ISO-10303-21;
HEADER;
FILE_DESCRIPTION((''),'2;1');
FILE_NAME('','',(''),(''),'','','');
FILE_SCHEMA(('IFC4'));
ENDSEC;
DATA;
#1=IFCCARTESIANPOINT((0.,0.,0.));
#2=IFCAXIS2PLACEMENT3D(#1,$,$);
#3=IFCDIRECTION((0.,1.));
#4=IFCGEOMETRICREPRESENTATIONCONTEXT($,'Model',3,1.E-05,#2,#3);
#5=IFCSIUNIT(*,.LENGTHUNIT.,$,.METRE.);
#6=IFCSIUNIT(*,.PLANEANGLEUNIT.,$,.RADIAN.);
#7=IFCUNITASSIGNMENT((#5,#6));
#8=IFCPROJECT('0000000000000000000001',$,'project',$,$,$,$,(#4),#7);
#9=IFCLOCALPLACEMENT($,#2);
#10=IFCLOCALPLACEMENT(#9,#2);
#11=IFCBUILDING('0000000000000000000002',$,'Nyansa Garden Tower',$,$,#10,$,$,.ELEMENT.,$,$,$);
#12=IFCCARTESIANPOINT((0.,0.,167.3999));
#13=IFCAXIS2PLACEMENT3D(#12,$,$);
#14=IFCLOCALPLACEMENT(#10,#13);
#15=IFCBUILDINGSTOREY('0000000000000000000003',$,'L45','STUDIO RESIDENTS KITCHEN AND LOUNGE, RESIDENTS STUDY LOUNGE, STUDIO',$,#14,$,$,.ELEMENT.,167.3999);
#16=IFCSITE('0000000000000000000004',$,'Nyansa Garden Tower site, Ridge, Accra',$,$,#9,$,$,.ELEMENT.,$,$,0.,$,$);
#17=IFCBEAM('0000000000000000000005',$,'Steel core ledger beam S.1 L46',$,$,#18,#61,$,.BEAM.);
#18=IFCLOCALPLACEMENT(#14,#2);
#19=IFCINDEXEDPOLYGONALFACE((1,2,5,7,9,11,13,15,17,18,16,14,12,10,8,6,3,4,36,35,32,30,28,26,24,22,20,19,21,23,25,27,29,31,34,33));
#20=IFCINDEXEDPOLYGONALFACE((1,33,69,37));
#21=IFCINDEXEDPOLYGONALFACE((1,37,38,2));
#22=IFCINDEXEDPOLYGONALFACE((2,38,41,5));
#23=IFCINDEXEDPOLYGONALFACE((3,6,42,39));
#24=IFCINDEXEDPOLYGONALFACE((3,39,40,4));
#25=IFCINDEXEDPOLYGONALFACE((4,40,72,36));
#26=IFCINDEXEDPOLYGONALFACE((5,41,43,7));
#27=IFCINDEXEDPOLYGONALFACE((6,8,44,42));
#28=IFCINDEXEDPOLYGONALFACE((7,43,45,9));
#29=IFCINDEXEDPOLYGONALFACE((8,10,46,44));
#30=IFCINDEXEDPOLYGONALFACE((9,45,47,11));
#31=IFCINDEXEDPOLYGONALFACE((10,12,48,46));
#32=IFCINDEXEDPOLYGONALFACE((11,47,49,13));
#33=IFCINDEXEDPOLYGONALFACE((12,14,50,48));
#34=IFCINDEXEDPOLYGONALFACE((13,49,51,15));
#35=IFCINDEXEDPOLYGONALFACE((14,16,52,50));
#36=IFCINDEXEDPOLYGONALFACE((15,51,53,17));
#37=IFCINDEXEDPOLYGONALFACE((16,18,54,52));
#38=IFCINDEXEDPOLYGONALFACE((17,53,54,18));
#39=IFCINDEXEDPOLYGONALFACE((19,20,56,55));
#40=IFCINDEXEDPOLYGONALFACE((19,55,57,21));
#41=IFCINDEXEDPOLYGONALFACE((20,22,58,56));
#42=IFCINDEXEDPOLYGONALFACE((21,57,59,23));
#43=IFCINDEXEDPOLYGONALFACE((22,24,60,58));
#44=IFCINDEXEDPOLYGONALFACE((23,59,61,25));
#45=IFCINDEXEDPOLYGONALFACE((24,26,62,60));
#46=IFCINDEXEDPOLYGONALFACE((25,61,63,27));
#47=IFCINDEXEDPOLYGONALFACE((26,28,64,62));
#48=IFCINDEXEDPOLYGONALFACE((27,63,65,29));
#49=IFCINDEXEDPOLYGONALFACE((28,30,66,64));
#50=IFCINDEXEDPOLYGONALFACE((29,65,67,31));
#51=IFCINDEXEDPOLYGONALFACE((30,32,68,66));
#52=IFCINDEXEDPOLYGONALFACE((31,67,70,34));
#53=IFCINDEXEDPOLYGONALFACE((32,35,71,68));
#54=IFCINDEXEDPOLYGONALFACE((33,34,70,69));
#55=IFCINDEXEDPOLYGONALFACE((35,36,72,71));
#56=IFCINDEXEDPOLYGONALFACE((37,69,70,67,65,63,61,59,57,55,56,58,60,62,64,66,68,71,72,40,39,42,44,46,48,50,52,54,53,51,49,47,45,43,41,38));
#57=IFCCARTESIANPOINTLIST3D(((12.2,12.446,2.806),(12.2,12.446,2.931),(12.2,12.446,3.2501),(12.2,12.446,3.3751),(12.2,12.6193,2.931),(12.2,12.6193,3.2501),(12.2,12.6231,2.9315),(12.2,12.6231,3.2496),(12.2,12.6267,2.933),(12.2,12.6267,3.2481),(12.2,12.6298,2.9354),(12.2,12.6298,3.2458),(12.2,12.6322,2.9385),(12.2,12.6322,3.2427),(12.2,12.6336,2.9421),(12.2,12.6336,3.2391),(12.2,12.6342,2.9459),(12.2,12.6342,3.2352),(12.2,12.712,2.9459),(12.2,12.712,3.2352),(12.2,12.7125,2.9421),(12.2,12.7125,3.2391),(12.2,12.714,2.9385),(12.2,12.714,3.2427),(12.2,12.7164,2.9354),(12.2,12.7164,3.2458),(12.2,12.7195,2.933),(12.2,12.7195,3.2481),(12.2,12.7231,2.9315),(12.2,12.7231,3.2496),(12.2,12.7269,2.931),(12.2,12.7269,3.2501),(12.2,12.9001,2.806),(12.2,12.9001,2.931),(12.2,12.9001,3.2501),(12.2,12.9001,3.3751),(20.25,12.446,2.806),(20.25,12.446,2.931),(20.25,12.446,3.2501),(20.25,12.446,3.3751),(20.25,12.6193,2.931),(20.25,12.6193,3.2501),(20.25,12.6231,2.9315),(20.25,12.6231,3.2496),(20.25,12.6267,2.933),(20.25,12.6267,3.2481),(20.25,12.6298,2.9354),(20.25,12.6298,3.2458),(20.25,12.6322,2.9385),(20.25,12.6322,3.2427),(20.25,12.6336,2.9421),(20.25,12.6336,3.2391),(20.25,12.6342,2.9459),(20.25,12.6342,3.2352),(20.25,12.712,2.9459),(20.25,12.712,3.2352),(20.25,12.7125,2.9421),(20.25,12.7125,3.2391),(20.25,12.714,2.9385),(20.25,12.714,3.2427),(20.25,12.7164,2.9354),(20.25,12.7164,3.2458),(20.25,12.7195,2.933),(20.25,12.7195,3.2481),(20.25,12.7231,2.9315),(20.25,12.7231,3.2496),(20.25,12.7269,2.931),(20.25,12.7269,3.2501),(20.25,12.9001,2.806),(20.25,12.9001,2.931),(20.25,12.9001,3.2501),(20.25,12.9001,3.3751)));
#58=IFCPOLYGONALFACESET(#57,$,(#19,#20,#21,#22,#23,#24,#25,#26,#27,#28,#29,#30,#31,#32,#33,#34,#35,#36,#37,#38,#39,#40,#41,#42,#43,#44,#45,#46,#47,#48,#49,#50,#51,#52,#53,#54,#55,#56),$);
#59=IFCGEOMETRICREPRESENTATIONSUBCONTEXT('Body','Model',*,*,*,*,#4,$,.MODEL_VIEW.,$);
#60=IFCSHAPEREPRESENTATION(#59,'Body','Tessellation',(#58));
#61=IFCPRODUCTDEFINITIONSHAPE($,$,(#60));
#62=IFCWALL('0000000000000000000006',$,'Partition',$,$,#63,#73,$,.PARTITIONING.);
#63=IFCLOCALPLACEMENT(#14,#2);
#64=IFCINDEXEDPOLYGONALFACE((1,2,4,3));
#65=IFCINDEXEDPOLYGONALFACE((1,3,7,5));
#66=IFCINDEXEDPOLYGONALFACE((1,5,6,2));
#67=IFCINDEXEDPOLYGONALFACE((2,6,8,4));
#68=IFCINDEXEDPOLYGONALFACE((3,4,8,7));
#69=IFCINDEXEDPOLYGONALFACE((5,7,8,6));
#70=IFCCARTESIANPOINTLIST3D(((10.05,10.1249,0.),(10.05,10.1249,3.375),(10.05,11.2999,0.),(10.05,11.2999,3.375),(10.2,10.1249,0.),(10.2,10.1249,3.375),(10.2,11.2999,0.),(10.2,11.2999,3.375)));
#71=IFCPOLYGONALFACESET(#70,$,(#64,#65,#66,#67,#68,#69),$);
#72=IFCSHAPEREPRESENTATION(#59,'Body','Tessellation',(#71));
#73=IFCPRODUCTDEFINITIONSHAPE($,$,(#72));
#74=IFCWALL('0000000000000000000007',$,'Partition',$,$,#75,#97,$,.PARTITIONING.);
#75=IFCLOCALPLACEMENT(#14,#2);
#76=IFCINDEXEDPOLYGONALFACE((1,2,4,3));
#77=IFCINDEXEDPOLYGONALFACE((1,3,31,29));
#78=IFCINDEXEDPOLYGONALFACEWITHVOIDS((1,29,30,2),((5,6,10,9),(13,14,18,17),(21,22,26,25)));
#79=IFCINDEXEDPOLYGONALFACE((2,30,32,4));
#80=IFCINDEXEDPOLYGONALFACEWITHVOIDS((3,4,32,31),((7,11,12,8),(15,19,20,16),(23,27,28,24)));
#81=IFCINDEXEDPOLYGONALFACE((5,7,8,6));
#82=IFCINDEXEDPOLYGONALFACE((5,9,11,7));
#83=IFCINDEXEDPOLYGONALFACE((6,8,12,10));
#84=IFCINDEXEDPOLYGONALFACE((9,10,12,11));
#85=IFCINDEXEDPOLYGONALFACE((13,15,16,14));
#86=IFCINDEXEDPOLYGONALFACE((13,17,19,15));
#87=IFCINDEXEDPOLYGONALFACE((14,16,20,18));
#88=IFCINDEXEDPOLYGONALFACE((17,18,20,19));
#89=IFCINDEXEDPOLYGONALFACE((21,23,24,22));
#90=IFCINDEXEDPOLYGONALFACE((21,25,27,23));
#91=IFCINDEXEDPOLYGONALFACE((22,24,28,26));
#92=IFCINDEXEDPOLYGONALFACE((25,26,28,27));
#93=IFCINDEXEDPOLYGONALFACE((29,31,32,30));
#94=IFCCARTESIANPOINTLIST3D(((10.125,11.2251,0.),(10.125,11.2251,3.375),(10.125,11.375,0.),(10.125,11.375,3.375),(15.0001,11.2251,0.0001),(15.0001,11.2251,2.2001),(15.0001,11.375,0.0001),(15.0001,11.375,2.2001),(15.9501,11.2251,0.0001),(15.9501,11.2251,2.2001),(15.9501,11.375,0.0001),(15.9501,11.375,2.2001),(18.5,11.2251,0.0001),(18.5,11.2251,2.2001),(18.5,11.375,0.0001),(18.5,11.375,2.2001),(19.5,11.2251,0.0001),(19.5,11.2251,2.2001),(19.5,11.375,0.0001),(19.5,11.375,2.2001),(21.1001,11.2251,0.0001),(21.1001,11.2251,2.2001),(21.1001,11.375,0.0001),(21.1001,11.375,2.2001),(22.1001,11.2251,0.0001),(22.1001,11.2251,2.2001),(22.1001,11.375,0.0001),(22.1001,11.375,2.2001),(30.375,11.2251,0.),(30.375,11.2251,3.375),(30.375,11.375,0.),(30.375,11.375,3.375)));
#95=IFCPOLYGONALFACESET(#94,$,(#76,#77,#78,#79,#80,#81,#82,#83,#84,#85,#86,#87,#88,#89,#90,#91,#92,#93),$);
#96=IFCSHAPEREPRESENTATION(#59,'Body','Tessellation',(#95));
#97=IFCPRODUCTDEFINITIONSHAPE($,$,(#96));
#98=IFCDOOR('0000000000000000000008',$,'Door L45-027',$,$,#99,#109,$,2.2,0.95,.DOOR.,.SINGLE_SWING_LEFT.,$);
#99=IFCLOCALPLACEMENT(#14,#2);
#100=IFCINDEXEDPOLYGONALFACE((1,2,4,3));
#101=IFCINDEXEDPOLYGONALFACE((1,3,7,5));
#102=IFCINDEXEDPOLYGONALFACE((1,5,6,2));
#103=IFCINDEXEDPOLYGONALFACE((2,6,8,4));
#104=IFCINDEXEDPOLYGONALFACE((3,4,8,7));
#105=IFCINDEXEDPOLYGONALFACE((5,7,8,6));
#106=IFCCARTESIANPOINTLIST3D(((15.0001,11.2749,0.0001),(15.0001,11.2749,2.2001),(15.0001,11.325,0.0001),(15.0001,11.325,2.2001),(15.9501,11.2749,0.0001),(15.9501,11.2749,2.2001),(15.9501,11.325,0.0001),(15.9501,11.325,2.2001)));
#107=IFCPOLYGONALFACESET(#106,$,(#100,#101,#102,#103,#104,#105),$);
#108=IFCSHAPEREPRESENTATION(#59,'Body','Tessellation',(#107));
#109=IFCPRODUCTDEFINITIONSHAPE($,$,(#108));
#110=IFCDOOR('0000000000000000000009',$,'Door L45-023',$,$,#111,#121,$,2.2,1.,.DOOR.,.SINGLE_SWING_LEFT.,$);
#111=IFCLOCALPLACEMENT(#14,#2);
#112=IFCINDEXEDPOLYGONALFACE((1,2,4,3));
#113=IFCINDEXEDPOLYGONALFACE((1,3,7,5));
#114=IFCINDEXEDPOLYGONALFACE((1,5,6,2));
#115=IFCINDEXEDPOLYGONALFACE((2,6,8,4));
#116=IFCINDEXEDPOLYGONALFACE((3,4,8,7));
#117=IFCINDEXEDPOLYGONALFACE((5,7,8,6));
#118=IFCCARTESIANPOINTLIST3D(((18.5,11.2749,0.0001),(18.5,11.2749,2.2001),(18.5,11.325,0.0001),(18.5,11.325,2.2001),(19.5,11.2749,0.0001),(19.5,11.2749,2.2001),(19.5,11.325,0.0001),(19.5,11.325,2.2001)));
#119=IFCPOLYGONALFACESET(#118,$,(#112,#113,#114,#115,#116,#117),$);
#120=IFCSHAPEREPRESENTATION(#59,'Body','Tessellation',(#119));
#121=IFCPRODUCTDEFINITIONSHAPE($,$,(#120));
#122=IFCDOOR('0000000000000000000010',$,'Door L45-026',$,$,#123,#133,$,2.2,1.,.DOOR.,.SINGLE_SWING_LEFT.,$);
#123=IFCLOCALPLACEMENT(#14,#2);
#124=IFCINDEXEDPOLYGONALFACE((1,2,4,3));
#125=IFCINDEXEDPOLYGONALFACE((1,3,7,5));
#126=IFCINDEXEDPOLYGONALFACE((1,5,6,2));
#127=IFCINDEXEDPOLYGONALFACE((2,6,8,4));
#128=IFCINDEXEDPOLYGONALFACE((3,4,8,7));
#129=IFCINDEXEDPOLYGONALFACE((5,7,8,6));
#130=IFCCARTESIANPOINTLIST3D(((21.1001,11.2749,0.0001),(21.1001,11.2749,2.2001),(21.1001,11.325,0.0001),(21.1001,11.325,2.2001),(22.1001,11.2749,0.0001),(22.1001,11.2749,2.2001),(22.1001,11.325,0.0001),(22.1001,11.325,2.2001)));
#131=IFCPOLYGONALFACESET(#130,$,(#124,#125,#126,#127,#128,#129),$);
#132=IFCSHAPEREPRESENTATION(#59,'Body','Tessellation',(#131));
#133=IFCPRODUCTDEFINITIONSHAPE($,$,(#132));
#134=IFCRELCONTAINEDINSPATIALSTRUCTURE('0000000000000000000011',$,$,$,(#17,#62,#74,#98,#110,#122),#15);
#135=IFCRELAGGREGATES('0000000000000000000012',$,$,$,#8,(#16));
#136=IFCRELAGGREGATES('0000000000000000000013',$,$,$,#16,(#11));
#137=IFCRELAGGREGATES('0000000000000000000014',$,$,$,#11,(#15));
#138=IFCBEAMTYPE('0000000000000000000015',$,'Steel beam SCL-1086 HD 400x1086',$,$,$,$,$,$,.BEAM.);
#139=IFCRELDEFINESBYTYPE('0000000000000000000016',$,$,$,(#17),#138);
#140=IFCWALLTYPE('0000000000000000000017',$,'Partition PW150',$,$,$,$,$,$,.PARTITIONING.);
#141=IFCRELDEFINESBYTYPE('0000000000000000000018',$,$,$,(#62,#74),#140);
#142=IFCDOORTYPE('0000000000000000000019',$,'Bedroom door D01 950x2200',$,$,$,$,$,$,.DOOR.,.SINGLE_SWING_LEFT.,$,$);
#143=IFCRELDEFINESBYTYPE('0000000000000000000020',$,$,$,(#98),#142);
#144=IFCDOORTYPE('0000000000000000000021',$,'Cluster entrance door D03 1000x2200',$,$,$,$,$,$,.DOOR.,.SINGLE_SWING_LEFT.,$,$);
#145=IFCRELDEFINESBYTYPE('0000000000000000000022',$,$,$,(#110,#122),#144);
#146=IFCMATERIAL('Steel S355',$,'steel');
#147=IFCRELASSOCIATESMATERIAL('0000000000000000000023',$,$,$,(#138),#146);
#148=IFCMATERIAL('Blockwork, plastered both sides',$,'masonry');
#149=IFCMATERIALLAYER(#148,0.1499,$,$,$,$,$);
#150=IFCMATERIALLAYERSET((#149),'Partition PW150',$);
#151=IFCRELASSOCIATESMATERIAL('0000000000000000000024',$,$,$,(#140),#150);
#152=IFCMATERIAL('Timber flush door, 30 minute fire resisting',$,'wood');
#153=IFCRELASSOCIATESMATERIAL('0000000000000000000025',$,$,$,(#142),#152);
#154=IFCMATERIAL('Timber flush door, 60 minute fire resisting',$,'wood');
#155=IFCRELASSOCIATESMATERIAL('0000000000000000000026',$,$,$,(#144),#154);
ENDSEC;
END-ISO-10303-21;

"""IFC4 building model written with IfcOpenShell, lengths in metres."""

from ifc_helpers import new_model, si_unit, direction, frame, frame_2d, origin, origin_2d, place, context, subcontext, project, spatial, rectangle, i_section, extrude, material, layer, layer_set, material_profile, profile_set, type_object, element, fill, save


model = new_model("IFC4")

# Units and contexts
model_context = context("Model", 3, precision=1e-05, world=origin(), true_north=direction((0.0, 1.0)))
body_context = subcontext(model_context, "Body", "Model", "MODEL_VIEW")
ifc_project = project(units=[si_unit("LENGTHUNIT", "METRE"), si_unit("PLANEANGLEUNIT", "RADIAN")], contexts=[model_context])

# Site, building, storey
site_placement = place(None, origin())
site = spatial("IfcSite", under=ifc_project, at=site_placement, Name="Nyansa Garden Tower site, Ridge, Accra", CompositionType="ELEMENT", RefElevation=0.0)
building_placement = place(site_placement, origin())
building = spatial("IfcBuilding", under=site, at=building_placement, Name="Nyansa Garden Tower", CompositionType="ELEMENT")
storey_placement = place(building_placement, frame((0.0, 0.0, 167.3999)))
storey = spatial("IfcBuildingStorey", under=building, at=storey_placement, Name="L45", Description="STUDIO RESIDENTS KITCHEN AND LOUNGE, RESIDENTS STUDY LOUNGE, STUDIO", CompositionType="ELEMENT", Elevation=167.3999)

# Beam
ifc_material_1 = material(Name="Steel S355", Category="steel")
ifc_material_profile_1 = material_profile(ifc_material_1, i_section(OverallWidth=0.4541, OverallDepth=0.5691, WebThickness=0.0779, FlangeThickness=0.125, FilletRadius=0.0149, at=origin_2d()), Name="HD 400x1086")
ifc_profile_set_1 = profile_set([ifc_material_profile_1], Name="Steel S355")
beam_type_1 = type_object("IfcBeamType", Name="Steel beam SCL-1086 HD 400x1086", PredefinedType="BEAM", material=ifc_profile_set_1)
beam_1_placement = place(storey_placement, frame((12.2, 12.6731, 3.0906), z_axis=(1.0, 0.0, 0.0), x_axis=(0.0, 1.0, 0.0)))
element("IfcBeam", 1, at=beam_1_placement, inside=storey, type_object=beam_type_1, Name="Steel core ledger beam S.1 L46", PredefinedType="BEAM", context=body_context, shape_type="SweptSolid", body=[
    extrude(i_section(OverallWidth=0.4541, OverallDepth=0.5691, WebThickness=0.0779, FlangeThickness=0.125, FilletRadius=0.0149, at=origin_2d()), origin(), (0.0, 0.0, 1.0), 8.05),
])

# Wall
ifc_material_2 = material(Name="Blockwork, plastered both sides", Category="masonry")
ifc_layer = layer(ifc_material_2, 0.1499)
ifc_layer_set = layer_set([ifc_layer], Name="Partition PW150")
wall_type = type_object("IfcWallType", Name="Partition PW150", PredefinedType="PARTITIONING", material=ifc_layer_set)
wall_1_placement = place(storey_placement, frame((10.125, 10.125, 0.0), z_axis=(0.0, 0.0, 1.0), x_axis=(0.0, 1.0, 0.0)))
element("IfcWall", 2, at=wall_1_placement, inside=storey, type_object=wall_type, Name="Partition", PredefinedType="PARTITIONING", context=body_context, shape_type="SweptSolid", body=[
    extrude(rectangle(XDim=1.175, YDim=0.1499, at=frame_2d((0.5874, 0.0))), origin(), (0.0, 0.0, 1.0), 3.375),
])

# Wall, openings, doors
wall_2_placement = place(storey_placement, frame((10.125, 11.3, 0.0), z_axis=(0.0, 0.0, 1.0), x_axis=(1.0, 0.0, 0.0)))
wall_2 = element("IfcWall", 3, at=wall_2_placement, inside=storey, type_object=wall_type, Name="Partition", PredefinedType="PARTITIONING", context=body_context, shape_type="SweptSolid", body=[
    extrude(rectangle(XDim=20.25, YDim=0.1499, at=frame_2d((10.125, 0.0))), origin(), (0.0, 0.0, 1.0), 3.375),
])
opening_1_placement = place(wall_2_placement, frame((8.375, 0.0, 0.0)))
opening_1 = element("IfcOpeningElement", 4, at=opening_1_placement, cuts=wall_2, PredefinedType="OPENING", context=body_context, shape_type="SweptSolid", body=[
    extrude(rectangle(XDim=1.0, YDim=2.2, at=frame_2d((0.5, 1.1001))), frame((0.0, 0.085, 0.0), z_axis=(0.0, -1.0, 0.0), x_axis=(1.0, 0.0, 0.0)), (0.0, 0.0, 1.0), 0.1699),
])
opening_2_placement = place(wall_2_placement, frame((10.9751, 0.0, 0.0)))
opening_2 = element("IfcOpeningElement", 5, at=opening_2_placement, cuts=wall_2, PredefinedType="OPENING", context=body_context, shape_type="SweptSolid", body=[
    extrude(rectangle(XDim=1.0, YDim=2.2, at=frame_2d((0.5, 1.1001))), frame((0.0, 0.085, 0.0), z_axis=(0.0, -1.0, 0.0), x_axis=(1.0, 0.0, 0.0)), (0.0, 0.0, 1.0), 0.1699),
])
opening_3_placement = place(wall_2_placement, frame((4.875, 0.0, 0.0)))
opening_3 = element("IfcOpeningElement", 6, at=opening_3_placement, cuts=wall_2, PredefinedType="OPENING", context=body_context, shape_type="SweptSolid", body=[
    extrude(rectangle(XDim=0.95, YDim=2.2, at=frame_2d((0.4751, 1.1001))), frame((0.0, 0.085, 0.0), z_axis=(0.0, -1.0, 0.0), x_axis=(1.0, 0.0, 0.0)), (0.0, 0.0, 1.0), 0.1699),
])
ifc_material_3 = material(Name="Timber flush door, 30 minute fire resisting", Category="wood")
door_type_1 = type_object("IfcDoorType", Name="Bedroom door D01 950x2200", OperationType="SINGLE_SWING_LEFT", PredefinedType="DOOR", material=ifc_material_3)
door_1_placement = place(opening_3_placement, origin())
door_1 = element("IfcDoor", 7, at=door_1_placement, inside=storey, type_object=door_type_1, Name="Door L45-027", OperationType="SINGLE_SWING_LEFT", OverallHeight=2.2, OverallWidth=0.95, PredefinedType="DOOR", context=body_context, shape_type="SweptSolid", body=[
    extrude(rectangle(XDim=0.95, YDim=2.2, at=frame_2d((0.4751, 1.1001))), frame((0.0, 0.0249, 0.0), z_axis=(0.0, -1.0, 0.0), x_axis=(1.0, 0.0, 0.0)), (0.0, 0.0, 1.0), 0.05),
])
fill(opening_3, door_1)
ifc_material_4 = material(Name="Timber flush door, 60 minute fire resisting", Category="wood")
door_type_2 = type_object("IfcDoorType", Name="Cluster entrance door D03 1000x2200", OperationType="SINGLE_SWING_LEFT", PredefinedType="DOOR", material=ifc_material_4)
door_2_placement = place(opening_1_placement, origin())
door_2 = element("IfcDoor", 8, at=door_2_placement, inside=storey, type_object=door_type_2, Name="Door L45-023", OperationType="SINGLE_SWING_LEFT", OverallHeight=2.2, OverallWidth=1.0, PredefinedType="DOOR", context=body_context, shape_type="SweptSolid", body=[
    extrude(rectangle(XDim=1.0, YDim=2.2, at=frame_2d((0.5, 1.1001))), frame((0.0, 0.0249, 0.0), z_axis=(0.0, -1.0, 0.0), x_axis=(1.0, 0.0, 0.0)), (0.0, 0.0, 1.0), 0.05),
])
fill(opening_1, door_2)
door_3_placement = place(opening_2_placement, origin())
door_3 = element("IfcDoor", 9, at=door_3_placement, inside=storey, type_object=door_type_2, Name="Door L45-026", OperationType="SINGLE_SWING_LEFT", OverallHeight=2.2, OverallWidth=1.0, PredefinedType="DOOR", context=body_context, shape_type="SweptSolid", body=[
    extrude(rectangle(XDim=1.0, YDim=2.2, at=frame_2d((0.5, 1.1001))), frame((0.0, 0.0249, 0.0), z_axis=(0.0, -1.0, 0.0), x_axis=(1.0, 0.0, 0.0)), (0.0, 0.0, 1.0), 0.05),
])
fill(opening_2, door_3)

save(model, "model.ifc")
